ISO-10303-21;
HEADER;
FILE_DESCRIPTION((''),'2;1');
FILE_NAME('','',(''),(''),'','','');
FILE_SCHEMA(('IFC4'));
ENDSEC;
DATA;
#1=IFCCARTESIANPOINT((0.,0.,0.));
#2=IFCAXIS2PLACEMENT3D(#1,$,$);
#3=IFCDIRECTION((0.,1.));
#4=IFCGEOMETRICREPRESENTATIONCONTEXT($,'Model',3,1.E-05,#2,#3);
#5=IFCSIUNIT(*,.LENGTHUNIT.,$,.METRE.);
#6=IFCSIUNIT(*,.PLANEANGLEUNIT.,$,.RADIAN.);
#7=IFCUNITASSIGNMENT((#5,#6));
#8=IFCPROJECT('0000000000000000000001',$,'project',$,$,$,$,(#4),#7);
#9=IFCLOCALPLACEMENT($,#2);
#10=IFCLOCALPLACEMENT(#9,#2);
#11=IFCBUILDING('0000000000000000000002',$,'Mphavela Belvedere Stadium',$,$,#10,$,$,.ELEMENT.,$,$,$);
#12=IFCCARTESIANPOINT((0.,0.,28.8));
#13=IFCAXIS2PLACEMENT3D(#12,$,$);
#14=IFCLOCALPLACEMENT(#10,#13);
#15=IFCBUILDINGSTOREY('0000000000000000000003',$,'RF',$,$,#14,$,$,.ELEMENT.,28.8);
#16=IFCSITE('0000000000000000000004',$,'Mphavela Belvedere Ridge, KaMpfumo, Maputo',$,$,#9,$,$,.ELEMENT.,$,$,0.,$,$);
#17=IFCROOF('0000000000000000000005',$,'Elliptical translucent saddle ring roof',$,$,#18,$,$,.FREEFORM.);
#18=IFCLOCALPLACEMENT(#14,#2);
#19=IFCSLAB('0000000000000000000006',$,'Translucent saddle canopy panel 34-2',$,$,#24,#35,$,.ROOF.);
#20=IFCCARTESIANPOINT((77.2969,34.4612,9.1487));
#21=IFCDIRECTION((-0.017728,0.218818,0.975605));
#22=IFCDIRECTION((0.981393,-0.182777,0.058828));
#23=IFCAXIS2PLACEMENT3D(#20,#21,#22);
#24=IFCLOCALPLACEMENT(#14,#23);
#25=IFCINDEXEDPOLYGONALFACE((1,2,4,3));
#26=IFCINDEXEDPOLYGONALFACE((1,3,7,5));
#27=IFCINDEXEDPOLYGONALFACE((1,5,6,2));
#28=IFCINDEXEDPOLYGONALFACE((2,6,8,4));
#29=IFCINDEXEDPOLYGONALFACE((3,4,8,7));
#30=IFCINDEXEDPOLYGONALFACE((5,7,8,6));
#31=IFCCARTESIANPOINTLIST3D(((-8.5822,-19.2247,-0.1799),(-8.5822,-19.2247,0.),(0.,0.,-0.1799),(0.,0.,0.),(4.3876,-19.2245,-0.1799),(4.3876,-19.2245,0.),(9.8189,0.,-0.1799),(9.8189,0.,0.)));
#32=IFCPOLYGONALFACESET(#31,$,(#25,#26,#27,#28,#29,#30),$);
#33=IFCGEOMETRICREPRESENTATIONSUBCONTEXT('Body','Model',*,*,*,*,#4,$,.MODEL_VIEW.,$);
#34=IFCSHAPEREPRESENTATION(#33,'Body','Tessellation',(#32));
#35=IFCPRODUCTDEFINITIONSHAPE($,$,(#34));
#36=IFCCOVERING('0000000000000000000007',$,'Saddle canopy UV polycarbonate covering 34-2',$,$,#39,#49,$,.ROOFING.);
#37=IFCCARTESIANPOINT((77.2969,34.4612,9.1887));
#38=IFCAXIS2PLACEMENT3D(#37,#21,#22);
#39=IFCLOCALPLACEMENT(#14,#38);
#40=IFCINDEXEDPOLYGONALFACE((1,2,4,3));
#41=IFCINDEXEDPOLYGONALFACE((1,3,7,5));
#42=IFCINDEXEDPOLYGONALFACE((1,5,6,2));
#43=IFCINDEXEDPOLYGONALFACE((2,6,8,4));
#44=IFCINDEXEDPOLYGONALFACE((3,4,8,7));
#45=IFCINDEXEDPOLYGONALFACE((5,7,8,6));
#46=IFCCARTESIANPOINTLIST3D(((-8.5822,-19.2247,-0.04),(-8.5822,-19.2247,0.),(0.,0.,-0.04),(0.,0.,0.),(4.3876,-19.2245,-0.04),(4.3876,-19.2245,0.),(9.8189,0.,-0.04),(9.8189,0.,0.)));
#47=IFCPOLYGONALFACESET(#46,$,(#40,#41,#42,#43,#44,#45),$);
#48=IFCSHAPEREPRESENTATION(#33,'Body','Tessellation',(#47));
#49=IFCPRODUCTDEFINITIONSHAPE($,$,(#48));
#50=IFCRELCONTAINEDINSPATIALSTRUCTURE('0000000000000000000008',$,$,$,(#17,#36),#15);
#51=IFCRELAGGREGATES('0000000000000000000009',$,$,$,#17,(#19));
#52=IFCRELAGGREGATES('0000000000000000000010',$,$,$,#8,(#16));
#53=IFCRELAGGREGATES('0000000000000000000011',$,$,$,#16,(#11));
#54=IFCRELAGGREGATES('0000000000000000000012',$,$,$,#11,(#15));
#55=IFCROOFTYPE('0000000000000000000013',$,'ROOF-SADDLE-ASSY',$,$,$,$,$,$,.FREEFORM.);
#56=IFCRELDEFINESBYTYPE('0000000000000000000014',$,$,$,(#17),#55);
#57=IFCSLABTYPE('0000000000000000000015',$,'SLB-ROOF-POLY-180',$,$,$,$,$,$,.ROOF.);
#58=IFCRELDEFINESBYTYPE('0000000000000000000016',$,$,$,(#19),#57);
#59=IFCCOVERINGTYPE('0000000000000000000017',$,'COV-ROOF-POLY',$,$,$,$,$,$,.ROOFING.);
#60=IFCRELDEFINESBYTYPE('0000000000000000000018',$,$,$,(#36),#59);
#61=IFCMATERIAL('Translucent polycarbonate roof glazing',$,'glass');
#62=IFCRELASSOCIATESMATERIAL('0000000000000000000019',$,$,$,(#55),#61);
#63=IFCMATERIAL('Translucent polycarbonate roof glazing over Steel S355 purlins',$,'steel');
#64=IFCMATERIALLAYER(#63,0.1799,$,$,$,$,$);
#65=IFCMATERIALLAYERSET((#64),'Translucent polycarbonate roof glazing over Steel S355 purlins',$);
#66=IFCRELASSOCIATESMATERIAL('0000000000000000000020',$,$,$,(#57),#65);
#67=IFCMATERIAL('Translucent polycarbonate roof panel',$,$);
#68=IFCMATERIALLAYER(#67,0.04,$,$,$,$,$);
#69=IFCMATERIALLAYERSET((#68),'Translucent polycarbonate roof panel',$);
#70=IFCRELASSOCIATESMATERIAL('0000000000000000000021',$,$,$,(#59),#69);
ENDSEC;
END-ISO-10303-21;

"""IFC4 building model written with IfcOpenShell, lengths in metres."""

from ifc_helpers import new_model, si_unit, direction, frame, origin, place, context, subcontext, project, spatial, polyline, outline, extrude, material, layer, layer_set, type_object, element, aggregate, save


model = new_model("IFC4")

# Units and contexts
model_context = context("Model", 3, precision=1e-05, world=origin(), true_north=direction((0.0, 1.0)))
body_context = subcontext(model_context, "Body", "Model", "MODEL_VIEW")
ifc_project = project(units=[si_unit("LENGTHUNIT", "METRE"), si_unit("PLANEANGLEUNIT", "RADIAN")], contexts=[model_context])

# Site, building, storey
site_placement = place(None, origin())
site = spatial("IfcSite", under=ifc_project, at=site_placement, Name="Mphavela Belvedere Ridge, KaMpfumo, Maputo", CompositionType="ELEMENT", RefElevation=0.0)
building_placement = place(site_placement, origin())
building = spatial("IfcBuilding", under=site, at=building_placement, Name="Mphavela Belvedere Stadium", CompositionType="ELEMENT")
storey_placement = place(building_placement, frame((0.0, 0.0, 28.8)))
storey = spatial("IfcBuildingStorey", under=building, at=storey_placement, Name="RF", CompositionType="ELEMENT", Elevation=28.8)

# Roof, slab
ifc_material_1 = material(Name="Translucent polycarbonate roof glazing", Category="glass")
roof_type = type_object("IfcRoofType", Name="ROOF-SADDLE-ASSY", PredefinedType="FREEFORM", material=ifc_material_1)
roof_placement = place(storey_placement, origin())
roof = element("IfcRoof", 1, at=roof_placement, inside=storey, type_object=roof_type, Name="Elliptical translucent saddle ring roof", PredefinedType="FREEFORM")
ifc_material_2 = material(Name="Translucent polycarbonate roof glazing over Steel S355 purlins", Category="steel")
ifc_layer_1 = layer(ifc_material_2, 0.1799)
ifc_layer_set_1 = layer_set([ifc_layer_1], Name="Translucent polycarbonate roof glazing over Steel S355 purlins")
slab_type = type_object("IfcSlabType", Name="SLB-ROOF-POLY-180", PredefinedType="ROOF", material=ifc_layer_set_1)
slab_1_placement = place(storey_placement, frame((77.2969, 34.4612, 9.1487), z_axis=(-0.017728, 0.218818, 0.975605), x_axis=(0.981393, -0.182777, 0.058828)))
slab_1 = element("IfcSlab", 2, at=slab_1_placement, type_object=slab_type, Name="Translucent saddle canopy panel 34-2", PredefinedType="ROOF", context=body_context, shape_type="SweptSolid", body=[
    extrude(outline(polyline([(0.0, 0.0), (9.8189, 0.0), (4.3876, -19.2245), (-8.5822, -19.2247), (0.0, 0.0)])), origin(), (0.0, 0.0, -1.0), 0.1799),
])
aggregate(roof, [slab_1])

# Covering
ifc_material_3 = material(Name="Translucent polycarbonate roof panel")
ifc_layer_2 = layer(ifc_material_3, 0.04)
ifc_layer_set_2 = layer_set([ifc_layer_2], Name="Translucent polycarbonate roof panel")
covering_type = type_object("IfcCoveringType", Name="COV-ROOF-POLY", PredefinedType="ROOFING", material=ifc_layer_set_2)
covering_1_placement = place(storey_placement, frame((77.2969, 34.4612, 9.1887), z_axis=(-0.017728, 0.218818, 0.975605), x_axis=(0.981393, -0.182777, 0.058828)))
element("IfcCovering", 3, at=covering_1_placement, inside=storey, type_object=covering_type, Name="Saddle canopy UV polycarbonate covering 34-2", PredefinedType="ROOFING", context=body_context, shape_type="SweptSolid", body=[
    extrude(outline(polyline([(0.0, 0.0), (9.8189, 0.0), (4.3876, -19.2245), (-8.5822, -19.2247), (0.0, 0.0)])), origin(), (0.0, 0.0, -1.0), 0.04),
])

save(model, "model.ifc")
